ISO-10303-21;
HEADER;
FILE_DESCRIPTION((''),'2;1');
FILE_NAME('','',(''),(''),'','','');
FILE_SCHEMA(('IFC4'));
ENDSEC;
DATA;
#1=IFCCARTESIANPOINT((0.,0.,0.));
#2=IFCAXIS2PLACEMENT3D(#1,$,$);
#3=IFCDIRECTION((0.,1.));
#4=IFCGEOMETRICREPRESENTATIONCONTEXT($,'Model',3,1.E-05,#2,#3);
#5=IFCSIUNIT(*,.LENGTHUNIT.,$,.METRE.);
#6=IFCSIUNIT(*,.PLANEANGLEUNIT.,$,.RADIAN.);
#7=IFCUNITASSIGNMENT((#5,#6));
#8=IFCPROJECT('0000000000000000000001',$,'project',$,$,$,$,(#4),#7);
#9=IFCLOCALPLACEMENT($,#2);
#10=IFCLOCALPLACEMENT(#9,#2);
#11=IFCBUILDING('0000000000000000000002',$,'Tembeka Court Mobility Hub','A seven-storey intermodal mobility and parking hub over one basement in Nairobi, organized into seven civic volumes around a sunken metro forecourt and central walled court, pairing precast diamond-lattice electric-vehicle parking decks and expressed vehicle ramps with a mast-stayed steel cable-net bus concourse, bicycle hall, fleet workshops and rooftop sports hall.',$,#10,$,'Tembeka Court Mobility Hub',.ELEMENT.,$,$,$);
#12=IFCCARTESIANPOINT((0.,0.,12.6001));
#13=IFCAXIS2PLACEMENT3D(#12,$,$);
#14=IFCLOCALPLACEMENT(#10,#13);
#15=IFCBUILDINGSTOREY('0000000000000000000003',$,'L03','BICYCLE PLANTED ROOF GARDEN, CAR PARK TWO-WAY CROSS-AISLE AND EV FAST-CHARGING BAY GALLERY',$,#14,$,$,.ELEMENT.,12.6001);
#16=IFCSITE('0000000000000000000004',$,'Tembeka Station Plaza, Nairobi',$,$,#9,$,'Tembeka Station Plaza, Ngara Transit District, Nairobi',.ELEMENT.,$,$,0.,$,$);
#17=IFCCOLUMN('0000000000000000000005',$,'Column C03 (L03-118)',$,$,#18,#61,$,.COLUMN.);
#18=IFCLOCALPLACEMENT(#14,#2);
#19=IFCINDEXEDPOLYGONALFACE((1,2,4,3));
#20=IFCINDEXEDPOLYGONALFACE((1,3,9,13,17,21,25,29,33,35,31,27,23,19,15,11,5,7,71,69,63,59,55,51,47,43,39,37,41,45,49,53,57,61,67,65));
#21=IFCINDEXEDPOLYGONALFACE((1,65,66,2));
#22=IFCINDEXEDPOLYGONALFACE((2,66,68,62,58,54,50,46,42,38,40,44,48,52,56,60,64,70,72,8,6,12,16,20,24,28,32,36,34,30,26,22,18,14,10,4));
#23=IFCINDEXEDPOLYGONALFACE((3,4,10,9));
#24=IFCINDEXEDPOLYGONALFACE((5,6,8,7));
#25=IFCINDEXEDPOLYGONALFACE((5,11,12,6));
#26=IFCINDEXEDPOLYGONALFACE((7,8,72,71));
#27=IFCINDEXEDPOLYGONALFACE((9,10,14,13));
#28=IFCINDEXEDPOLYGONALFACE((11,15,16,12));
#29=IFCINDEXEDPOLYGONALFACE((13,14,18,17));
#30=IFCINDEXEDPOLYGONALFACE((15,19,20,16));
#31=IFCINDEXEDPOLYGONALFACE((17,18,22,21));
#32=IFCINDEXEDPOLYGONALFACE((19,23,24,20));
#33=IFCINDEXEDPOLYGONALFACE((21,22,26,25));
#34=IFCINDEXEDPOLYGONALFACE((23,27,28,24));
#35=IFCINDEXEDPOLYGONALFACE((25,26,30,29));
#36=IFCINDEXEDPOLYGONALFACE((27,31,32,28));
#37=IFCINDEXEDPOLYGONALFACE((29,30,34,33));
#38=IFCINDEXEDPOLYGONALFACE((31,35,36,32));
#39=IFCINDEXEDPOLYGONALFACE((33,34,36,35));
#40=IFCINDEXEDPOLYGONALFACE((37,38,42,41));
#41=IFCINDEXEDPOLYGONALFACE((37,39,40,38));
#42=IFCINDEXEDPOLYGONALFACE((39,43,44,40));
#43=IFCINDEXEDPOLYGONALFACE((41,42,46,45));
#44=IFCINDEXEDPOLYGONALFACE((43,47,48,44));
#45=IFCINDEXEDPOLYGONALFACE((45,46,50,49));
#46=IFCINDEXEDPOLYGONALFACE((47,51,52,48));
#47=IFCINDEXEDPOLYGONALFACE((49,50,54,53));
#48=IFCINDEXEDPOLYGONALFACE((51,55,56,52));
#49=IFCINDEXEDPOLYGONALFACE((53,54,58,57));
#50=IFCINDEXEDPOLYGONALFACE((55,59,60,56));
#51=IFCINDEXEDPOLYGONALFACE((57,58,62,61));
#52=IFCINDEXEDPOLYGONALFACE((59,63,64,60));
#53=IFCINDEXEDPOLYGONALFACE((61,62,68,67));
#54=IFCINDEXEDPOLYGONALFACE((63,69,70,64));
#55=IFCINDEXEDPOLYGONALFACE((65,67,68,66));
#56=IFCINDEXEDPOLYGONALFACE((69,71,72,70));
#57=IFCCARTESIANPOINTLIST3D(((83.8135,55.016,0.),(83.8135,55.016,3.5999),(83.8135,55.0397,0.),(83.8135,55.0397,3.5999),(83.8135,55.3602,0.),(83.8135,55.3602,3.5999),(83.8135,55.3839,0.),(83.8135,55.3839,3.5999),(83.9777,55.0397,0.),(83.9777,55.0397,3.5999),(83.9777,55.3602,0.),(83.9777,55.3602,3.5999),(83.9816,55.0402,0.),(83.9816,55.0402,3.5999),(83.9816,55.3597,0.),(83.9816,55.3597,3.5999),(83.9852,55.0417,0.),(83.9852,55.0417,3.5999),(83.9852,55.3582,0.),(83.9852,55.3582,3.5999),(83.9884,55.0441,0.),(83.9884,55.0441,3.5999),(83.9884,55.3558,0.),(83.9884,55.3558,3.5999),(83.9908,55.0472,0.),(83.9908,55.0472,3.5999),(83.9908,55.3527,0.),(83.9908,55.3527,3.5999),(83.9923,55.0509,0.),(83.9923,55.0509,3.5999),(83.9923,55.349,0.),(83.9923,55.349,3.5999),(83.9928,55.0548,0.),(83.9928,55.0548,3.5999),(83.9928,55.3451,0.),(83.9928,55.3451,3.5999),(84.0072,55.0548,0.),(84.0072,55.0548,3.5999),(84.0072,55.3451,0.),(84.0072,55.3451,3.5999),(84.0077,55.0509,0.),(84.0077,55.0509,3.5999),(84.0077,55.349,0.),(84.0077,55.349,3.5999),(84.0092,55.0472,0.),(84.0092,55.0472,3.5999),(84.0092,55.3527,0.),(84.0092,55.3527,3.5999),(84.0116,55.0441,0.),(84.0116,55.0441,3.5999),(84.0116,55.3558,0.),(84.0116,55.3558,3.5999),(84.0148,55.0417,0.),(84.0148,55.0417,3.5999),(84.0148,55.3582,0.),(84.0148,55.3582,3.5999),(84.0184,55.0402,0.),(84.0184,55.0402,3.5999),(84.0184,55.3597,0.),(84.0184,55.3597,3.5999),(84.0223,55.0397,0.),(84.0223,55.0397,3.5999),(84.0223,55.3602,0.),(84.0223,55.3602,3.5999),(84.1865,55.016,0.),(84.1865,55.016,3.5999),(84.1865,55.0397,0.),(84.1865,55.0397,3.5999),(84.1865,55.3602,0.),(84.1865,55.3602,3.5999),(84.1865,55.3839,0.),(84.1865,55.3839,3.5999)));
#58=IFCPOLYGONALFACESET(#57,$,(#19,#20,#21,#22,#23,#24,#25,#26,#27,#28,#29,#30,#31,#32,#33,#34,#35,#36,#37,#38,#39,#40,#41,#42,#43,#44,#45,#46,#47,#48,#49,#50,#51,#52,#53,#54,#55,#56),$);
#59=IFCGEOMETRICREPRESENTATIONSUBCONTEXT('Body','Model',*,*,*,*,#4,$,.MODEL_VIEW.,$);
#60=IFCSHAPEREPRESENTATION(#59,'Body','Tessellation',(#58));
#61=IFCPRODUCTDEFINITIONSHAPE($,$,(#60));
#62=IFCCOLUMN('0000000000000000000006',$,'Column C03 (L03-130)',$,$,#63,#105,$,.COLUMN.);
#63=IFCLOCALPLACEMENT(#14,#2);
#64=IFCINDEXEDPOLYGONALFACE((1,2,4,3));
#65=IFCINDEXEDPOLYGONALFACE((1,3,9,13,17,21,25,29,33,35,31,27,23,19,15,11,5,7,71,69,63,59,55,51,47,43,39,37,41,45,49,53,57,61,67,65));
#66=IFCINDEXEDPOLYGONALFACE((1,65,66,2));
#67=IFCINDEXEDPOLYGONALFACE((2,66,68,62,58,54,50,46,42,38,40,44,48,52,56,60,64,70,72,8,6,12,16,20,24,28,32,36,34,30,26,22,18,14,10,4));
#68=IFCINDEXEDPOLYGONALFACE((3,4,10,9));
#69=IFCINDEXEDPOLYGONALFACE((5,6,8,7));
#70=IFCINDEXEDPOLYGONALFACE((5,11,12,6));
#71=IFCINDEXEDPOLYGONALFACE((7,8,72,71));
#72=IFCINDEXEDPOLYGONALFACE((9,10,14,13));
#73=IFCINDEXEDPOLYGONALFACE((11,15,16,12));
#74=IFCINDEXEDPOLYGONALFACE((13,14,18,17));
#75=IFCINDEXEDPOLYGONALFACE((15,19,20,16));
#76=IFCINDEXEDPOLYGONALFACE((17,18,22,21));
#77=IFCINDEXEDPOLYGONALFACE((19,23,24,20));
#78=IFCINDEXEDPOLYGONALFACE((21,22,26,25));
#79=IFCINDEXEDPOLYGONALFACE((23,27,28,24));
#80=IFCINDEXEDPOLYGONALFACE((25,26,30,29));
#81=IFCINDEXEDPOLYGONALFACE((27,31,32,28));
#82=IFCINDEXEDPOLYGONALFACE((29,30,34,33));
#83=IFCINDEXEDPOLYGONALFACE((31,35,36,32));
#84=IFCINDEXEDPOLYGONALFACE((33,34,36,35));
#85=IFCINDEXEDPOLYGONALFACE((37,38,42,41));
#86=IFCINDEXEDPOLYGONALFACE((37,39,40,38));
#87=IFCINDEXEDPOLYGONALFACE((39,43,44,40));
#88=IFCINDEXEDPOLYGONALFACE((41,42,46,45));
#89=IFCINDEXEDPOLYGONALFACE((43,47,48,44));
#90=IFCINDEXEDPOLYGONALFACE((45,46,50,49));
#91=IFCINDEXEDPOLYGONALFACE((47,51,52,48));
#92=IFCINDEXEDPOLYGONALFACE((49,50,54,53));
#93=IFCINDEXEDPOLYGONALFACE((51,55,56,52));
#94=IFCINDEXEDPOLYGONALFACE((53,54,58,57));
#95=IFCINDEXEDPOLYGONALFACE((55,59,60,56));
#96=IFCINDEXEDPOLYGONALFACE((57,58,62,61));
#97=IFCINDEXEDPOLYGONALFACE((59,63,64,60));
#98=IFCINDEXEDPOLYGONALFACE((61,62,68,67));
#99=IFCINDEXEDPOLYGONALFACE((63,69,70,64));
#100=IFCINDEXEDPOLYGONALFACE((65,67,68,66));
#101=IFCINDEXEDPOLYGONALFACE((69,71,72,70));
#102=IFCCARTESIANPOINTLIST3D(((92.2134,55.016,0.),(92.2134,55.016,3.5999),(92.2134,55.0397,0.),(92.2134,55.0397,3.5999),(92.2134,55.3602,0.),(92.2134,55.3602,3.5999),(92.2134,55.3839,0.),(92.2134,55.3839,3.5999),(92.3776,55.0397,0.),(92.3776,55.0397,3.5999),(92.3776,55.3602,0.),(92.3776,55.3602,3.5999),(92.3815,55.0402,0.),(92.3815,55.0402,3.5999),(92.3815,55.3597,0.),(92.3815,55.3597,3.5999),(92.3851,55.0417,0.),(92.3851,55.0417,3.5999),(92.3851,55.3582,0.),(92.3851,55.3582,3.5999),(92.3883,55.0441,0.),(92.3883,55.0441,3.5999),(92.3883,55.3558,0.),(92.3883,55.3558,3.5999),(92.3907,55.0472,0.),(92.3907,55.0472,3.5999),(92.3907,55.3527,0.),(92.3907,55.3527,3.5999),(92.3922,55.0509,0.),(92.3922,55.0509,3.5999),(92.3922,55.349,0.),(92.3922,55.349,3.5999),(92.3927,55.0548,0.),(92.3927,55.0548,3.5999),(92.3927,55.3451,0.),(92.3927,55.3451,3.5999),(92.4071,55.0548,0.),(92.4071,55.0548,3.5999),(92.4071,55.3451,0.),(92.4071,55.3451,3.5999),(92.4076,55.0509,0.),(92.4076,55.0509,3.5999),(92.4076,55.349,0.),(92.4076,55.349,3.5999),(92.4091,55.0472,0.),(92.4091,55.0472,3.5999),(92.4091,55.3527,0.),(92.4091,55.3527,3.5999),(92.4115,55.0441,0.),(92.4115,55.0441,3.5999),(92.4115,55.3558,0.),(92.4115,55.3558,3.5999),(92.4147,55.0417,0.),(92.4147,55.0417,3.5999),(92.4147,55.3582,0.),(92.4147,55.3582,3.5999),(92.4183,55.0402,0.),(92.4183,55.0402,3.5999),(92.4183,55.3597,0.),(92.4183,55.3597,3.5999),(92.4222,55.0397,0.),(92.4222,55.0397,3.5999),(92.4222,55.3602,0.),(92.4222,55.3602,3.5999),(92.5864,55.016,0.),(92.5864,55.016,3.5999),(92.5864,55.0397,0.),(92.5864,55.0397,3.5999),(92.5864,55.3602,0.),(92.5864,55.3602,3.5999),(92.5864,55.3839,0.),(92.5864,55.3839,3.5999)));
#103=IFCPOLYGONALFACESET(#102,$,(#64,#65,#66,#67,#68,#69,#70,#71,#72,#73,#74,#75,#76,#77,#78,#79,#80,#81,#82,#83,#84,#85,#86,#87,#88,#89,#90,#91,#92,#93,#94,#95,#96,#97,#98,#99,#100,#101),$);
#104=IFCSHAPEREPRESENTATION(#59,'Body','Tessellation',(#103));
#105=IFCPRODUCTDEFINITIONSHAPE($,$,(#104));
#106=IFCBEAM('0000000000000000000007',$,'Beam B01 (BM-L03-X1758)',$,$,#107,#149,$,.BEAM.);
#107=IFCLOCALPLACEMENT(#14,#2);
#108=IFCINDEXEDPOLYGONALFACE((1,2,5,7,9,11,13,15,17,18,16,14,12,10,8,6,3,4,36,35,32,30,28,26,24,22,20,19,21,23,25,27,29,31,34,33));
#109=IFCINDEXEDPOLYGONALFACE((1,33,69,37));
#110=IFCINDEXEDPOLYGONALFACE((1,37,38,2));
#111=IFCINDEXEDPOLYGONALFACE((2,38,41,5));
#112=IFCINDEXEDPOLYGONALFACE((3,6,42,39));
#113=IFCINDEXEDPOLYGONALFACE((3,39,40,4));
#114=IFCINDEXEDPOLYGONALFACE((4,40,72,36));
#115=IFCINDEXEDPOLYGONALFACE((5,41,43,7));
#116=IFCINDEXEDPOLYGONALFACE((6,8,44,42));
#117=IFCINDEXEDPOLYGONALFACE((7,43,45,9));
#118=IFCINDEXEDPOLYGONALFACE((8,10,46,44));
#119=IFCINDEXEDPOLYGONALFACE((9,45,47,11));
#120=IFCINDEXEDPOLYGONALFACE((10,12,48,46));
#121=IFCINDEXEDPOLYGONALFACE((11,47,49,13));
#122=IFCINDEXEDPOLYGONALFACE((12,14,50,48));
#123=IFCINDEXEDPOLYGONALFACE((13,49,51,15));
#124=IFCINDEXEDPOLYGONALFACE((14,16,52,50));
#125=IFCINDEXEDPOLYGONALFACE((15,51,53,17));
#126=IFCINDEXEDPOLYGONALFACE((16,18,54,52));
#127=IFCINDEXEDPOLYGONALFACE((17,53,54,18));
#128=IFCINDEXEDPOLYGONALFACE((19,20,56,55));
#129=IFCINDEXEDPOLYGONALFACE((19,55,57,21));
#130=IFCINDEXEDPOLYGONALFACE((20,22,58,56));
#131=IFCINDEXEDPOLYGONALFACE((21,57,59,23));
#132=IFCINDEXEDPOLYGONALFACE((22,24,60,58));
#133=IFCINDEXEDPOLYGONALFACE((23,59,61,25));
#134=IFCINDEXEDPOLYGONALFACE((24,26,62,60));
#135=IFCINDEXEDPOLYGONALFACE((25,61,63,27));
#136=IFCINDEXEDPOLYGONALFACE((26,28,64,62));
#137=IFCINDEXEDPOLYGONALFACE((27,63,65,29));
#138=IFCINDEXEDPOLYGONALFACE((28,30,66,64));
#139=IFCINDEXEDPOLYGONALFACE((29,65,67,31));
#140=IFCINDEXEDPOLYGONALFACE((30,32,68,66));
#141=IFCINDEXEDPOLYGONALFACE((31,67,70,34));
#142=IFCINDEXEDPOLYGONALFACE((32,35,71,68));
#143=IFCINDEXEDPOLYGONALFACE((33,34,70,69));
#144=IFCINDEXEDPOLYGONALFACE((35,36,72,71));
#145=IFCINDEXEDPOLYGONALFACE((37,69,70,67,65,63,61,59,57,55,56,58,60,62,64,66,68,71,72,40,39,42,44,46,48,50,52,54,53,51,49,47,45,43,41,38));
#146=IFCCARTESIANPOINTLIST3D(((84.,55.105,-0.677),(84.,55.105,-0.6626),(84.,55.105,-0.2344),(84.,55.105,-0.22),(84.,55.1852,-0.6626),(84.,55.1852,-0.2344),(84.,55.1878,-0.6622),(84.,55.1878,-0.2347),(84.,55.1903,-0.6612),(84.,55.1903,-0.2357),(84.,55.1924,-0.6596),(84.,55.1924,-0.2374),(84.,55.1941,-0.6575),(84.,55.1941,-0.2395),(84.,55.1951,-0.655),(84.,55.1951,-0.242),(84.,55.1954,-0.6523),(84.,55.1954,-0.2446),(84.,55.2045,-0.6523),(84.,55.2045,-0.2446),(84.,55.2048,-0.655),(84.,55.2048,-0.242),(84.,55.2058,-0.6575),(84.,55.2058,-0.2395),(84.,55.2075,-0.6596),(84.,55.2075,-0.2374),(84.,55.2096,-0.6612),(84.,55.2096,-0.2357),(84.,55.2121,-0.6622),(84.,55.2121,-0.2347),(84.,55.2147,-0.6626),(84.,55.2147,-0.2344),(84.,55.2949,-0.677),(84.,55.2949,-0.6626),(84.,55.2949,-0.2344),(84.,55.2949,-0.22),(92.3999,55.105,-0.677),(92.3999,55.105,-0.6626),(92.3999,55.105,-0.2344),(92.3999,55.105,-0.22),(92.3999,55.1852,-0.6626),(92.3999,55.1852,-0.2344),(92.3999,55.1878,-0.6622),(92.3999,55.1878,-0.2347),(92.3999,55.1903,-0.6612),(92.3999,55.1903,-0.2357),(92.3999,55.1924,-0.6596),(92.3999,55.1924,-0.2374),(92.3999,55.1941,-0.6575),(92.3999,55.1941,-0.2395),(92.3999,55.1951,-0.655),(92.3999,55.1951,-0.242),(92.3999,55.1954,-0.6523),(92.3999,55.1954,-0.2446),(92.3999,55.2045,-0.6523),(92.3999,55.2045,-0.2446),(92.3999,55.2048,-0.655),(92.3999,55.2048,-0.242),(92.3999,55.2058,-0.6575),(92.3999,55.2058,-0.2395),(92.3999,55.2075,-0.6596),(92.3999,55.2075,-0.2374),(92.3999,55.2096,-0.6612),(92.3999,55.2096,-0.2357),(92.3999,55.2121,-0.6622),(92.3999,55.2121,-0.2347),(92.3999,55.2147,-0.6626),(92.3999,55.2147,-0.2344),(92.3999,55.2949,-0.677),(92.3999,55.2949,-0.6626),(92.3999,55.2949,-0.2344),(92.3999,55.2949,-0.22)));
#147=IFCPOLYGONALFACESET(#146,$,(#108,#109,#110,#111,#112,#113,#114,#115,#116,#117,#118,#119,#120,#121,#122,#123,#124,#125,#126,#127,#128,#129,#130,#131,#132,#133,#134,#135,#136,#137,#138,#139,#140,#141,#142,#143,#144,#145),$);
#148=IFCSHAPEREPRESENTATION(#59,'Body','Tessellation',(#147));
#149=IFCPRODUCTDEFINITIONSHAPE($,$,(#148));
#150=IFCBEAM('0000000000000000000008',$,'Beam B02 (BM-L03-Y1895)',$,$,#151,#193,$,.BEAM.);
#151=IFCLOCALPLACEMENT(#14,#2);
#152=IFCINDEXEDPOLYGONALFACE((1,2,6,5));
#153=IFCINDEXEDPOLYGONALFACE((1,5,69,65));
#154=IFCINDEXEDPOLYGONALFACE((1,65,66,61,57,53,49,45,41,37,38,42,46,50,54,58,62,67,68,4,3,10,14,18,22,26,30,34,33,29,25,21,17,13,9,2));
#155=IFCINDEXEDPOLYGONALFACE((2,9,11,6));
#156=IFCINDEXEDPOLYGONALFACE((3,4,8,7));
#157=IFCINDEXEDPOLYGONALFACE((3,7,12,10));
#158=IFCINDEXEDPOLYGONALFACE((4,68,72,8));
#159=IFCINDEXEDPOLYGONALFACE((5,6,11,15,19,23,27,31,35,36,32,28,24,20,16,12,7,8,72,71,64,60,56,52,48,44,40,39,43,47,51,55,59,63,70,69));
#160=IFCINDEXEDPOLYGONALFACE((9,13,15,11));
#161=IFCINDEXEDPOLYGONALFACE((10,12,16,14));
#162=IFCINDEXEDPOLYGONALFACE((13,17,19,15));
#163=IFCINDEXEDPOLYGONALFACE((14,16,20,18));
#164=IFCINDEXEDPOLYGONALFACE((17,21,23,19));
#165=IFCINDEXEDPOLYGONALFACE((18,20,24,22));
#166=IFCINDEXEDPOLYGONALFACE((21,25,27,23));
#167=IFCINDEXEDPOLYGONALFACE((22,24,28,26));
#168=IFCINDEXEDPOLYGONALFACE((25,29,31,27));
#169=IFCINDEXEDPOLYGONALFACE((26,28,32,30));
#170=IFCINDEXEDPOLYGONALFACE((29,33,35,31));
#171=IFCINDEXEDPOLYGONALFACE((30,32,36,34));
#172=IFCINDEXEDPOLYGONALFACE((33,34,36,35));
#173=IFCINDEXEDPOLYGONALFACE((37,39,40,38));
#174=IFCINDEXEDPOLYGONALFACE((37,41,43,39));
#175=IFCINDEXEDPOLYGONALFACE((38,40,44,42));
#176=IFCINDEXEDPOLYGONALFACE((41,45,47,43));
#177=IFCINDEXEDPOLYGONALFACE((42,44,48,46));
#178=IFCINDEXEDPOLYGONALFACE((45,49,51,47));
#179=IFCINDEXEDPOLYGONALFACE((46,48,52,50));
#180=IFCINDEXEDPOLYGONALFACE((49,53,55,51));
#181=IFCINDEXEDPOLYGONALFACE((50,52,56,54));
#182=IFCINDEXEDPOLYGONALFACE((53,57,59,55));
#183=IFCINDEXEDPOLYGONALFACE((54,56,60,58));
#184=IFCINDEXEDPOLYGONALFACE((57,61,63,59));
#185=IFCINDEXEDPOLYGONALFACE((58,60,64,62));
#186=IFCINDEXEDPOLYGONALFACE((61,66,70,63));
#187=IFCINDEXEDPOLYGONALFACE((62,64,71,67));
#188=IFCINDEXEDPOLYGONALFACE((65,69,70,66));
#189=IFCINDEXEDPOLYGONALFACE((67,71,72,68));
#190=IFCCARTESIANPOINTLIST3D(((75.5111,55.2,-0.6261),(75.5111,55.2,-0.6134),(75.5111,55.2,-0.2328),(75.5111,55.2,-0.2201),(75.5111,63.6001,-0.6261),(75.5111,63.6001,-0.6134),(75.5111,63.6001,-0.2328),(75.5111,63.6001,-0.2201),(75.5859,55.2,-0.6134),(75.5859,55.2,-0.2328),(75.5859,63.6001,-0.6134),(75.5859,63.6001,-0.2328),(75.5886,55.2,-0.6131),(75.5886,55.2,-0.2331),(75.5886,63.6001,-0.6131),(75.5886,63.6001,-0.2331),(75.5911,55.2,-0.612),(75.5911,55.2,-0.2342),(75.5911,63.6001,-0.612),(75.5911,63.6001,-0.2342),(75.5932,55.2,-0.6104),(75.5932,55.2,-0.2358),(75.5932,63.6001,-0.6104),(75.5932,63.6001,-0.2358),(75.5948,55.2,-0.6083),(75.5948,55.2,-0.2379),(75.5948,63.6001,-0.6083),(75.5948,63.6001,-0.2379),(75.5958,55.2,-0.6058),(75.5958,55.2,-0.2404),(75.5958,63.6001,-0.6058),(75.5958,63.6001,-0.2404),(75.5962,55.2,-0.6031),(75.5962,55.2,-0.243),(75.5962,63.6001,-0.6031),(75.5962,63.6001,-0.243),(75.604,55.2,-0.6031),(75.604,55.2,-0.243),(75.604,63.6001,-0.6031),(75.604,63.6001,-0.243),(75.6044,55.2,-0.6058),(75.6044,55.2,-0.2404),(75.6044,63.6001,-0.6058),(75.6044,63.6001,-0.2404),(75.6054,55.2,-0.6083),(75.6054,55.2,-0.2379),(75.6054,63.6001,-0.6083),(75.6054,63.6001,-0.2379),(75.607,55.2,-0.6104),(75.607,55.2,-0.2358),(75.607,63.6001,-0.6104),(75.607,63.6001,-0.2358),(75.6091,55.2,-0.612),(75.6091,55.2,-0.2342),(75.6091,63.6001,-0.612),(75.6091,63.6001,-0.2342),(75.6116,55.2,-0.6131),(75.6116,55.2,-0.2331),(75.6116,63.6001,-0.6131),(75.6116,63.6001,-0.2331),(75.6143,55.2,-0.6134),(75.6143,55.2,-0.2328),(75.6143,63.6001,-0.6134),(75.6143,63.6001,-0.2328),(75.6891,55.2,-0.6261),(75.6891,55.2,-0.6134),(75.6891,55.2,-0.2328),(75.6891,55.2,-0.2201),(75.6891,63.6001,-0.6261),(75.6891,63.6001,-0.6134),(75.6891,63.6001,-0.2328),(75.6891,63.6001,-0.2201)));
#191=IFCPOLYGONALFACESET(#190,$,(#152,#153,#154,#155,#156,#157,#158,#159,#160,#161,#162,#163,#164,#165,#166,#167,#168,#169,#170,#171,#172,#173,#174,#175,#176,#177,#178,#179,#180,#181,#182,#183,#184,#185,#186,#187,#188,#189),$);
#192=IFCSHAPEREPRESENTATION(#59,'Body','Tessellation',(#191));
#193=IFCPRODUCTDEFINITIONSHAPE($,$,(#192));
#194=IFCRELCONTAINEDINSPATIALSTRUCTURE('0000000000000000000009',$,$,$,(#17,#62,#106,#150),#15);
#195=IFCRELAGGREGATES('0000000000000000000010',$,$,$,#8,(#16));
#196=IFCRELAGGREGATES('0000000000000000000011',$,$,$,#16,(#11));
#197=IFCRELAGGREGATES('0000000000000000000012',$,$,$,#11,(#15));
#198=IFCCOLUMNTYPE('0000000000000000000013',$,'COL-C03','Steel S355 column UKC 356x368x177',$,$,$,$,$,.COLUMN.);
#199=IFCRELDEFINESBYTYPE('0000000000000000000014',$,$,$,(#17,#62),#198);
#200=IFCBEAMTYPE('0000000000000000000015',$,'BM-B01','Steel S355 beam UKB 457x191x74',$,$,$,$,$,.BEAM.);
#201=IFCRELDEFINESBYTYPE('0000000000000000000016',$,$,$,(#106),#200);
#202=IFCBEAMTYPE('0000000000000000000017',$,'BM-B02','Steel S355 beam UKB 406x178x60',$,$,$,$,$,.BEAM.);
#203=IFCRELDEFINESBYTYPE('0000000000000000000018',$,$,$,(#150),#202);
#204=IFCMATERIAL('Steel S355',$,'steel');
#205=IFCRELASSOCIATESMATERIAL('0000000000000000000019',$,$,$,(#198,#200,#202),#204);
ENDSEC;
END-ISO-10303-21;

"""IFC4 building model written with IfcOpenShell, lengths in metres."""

from ifc_helpers import new_model, si_unit, direction, frame, origin, origin_2d, place, context, subcontext, project, spatial, i_section, extrude, material, material_profile, profile_set, type_object, element, save


model = new_model("IFC4")

# Units and contexts
model_context = context("Model", 3, precision=1e-05, world=origin(), true_north=direction((0.0, 1.0)))
body_context = subcontext(model_context, "Body", "Model", "MODEL_VIEW")
ifc_project = project(units=[si_unit("LENGTHUNIT", "METRE"), si_unit("PLANEANGLEUNIT", "RADIAN")], contexts=[model_context])

# Site, building, storey
site_placement = place(None, origin())
site = spatial("IfcSite", under=ifc_project, at=site_placement, Name="Tembeka Station Plaza, Nairobi", LongName="Tembeka Station Plaza, Ngara Transit District, Nairobi", CompositionType="ELEMENT", RefElevation=0.0)
building_placement = place(site_placement, origin())
building = spatial("IfcBuilding", under=site, at=building_placement, Name="Tembeka Court Mobility Hub", Description="A seven-storey intermodal mobility and parking hub over one basement in Nairobi, organized into seven civic volumes around a sunken metro forecourt and central walled court, pairing precast diamond-lattice electric-vehicle parking decks and expressed vehicle ramps with a mast-stayed steel cable-net bus concourse, bicycle hall, fleet workshops and rooftop sports hall.", LongName="Tembeka Court Mobility Hub", CompositionType="ELEMENT")
storey_placement = place(building_placement, frame((0.0, 0.0, 12.6001)))
storey = spatial("IfcBuildingStorey", under=building, at=storey_placement, Name="L03", Description="BICYCLE PLANTED ROOF GARDEN, CAR PARK TWO-WAY CROSS-AISLE AND EV FAST-CHARGING BAY GALLERY", CompositionType="ELEMENT", Elevation=12.6001)

# Columns
ifc_material_1 = material(Name="Steel S355", Category="steel")
ifc_material_profile_1 = material_profile(ifc_material_1, i_section(OverallWidth=0.373, OverallDepth=0.3679, WebThickness=0.0144, FlangeThickness=0.0237, FilletRadius=0.0151, at=origin_2d()), Name="UKC 356x368x177")
ifc_profile_set_1 = profile_set([ifc_material_profile_1], Name="Steel S355")
column_type = type_object("IfcColumnType", Name="COL-C03", Description="Steel S355 column UKC 356x368x177", PredefinedType="COLUMN", material=ifc_profile_set_1)
for number, where, z_axis, x_axis, name in (
    (1, (84.0, 55.2, 0.0), (0.0, 0.0, 1.0), (1.0, 0.0, 0.0), "Column C03 (L03-118)"),
    (2, (92.3999, 55.2, 0.0), (0.0, 0.0, 1.0), (1.0, 0.0, 0.0), "Column C03 (L03-130)"),
):
    element("IfcColumn", number, at=place(storey_placement, frame(where, z_axis=z_axis, x_axis=x_axis)), inside=storey, type_object=column_type, Name=name, PredefinedType="COLUMN", context=body_context, shape_type="SweptSolid", body=[
        extrude(i_section(OverallWidth=0.373, OverallDepth=0.3679, WebThickness=0.0144, FlangeThickness=0.0237, FilletRadius=0.0151, at=origin_2d()), origin(), (0.0, 0.0, 1.0), 3.5999),
    ])

# Beams
ifc_material_profile_2 = material_profile(ifc_material_1, i_section(OverallWidth=0.1899, OverallDepth=0.457, WebThickness=0.009, FlangeThickness=0.0144, FilletRadius=0.0103, at=origin_2d()), Name="UKB 457x191x74")
ifc_profile_set_2 = profile_set([ifc_material_profile_2], Name="Steel S355")
beam_type_1 = type_object("IfcBeamType", Name="BM-B01", Description="Steel S355 beam UKB 457x191x74", PredefinedType="BEAM", material=ifc_profile_set_2)
beam_1_placement = place(storey_placement, frame((84.0, 55.2, -0.4485), z_axis=(1.0, 0.0, 0.0), x_axis=(0.0, 1.0, 0.0)))
element("IfcBeam", 3, at=beam_1_placement, inside=storey, type_object=beam_type_1, Name="Beam B01 (BM-L03-X1758)", PredefinedType="BEAM", context=body_context, shape_type="SweptSolid", body=[
    extrude(i_section(OverallWidth=0.1899, OverallDepth=0.457, WebThickness=0.009, FlangeThickness=0.0144, FilletRadius=0.0103, at=origin_2d()), origin(), (0.0, 0.0, 1.0), 8.3999),
])
ifc_material_profile_3 = material_profile(ifc_material_1, i_section(OverallWidth=0.178, OverallDepth=0.406, WebThickness=0.0078, FlangeThickness=0.0127, FilletRadius=0.0103, at=origin_2d()), Name="UKB 406x178x60")
ifc_profile_set_3 = profile_set([ifc_material_profile_3], Name="Steel S355")
beam_type_2 = type_object("IfcBeamType", Name="BM-B02", Description="Steel S355 beam UKB 406x178x60", PredefinedType="BEAM", material=ifc_profile_set_3)
for number, where, z_axis, x_axis, name in (
    (4, (75.6001, 55.2, -0.4231), (0.0, 1.0, 0.0), (-1.0, 0.0, 0.0), "Beam B02 (BM-L03-Y1895)"),
):
    element("IfcBeam", number, at=place(storey_placement, frame(where, z_axis=z_axis, x_axis=x_axis)), inside=storey, type_object=beam_type_2, Name=name, PredefinedType="BEAM", context=body_context, shape_type="SweptSolid", body=[
        extrude(i_section(OverallWidth=0.178, OverallDepth=0.406, WebThickness=0.0078, FlangeThickness=0.0127, FilletRadius=0.0103, at=origin_2d()), origin(), (0.0, 0.0, 1.0), 8.4001),
    ])

save(model, "model.ifc")
